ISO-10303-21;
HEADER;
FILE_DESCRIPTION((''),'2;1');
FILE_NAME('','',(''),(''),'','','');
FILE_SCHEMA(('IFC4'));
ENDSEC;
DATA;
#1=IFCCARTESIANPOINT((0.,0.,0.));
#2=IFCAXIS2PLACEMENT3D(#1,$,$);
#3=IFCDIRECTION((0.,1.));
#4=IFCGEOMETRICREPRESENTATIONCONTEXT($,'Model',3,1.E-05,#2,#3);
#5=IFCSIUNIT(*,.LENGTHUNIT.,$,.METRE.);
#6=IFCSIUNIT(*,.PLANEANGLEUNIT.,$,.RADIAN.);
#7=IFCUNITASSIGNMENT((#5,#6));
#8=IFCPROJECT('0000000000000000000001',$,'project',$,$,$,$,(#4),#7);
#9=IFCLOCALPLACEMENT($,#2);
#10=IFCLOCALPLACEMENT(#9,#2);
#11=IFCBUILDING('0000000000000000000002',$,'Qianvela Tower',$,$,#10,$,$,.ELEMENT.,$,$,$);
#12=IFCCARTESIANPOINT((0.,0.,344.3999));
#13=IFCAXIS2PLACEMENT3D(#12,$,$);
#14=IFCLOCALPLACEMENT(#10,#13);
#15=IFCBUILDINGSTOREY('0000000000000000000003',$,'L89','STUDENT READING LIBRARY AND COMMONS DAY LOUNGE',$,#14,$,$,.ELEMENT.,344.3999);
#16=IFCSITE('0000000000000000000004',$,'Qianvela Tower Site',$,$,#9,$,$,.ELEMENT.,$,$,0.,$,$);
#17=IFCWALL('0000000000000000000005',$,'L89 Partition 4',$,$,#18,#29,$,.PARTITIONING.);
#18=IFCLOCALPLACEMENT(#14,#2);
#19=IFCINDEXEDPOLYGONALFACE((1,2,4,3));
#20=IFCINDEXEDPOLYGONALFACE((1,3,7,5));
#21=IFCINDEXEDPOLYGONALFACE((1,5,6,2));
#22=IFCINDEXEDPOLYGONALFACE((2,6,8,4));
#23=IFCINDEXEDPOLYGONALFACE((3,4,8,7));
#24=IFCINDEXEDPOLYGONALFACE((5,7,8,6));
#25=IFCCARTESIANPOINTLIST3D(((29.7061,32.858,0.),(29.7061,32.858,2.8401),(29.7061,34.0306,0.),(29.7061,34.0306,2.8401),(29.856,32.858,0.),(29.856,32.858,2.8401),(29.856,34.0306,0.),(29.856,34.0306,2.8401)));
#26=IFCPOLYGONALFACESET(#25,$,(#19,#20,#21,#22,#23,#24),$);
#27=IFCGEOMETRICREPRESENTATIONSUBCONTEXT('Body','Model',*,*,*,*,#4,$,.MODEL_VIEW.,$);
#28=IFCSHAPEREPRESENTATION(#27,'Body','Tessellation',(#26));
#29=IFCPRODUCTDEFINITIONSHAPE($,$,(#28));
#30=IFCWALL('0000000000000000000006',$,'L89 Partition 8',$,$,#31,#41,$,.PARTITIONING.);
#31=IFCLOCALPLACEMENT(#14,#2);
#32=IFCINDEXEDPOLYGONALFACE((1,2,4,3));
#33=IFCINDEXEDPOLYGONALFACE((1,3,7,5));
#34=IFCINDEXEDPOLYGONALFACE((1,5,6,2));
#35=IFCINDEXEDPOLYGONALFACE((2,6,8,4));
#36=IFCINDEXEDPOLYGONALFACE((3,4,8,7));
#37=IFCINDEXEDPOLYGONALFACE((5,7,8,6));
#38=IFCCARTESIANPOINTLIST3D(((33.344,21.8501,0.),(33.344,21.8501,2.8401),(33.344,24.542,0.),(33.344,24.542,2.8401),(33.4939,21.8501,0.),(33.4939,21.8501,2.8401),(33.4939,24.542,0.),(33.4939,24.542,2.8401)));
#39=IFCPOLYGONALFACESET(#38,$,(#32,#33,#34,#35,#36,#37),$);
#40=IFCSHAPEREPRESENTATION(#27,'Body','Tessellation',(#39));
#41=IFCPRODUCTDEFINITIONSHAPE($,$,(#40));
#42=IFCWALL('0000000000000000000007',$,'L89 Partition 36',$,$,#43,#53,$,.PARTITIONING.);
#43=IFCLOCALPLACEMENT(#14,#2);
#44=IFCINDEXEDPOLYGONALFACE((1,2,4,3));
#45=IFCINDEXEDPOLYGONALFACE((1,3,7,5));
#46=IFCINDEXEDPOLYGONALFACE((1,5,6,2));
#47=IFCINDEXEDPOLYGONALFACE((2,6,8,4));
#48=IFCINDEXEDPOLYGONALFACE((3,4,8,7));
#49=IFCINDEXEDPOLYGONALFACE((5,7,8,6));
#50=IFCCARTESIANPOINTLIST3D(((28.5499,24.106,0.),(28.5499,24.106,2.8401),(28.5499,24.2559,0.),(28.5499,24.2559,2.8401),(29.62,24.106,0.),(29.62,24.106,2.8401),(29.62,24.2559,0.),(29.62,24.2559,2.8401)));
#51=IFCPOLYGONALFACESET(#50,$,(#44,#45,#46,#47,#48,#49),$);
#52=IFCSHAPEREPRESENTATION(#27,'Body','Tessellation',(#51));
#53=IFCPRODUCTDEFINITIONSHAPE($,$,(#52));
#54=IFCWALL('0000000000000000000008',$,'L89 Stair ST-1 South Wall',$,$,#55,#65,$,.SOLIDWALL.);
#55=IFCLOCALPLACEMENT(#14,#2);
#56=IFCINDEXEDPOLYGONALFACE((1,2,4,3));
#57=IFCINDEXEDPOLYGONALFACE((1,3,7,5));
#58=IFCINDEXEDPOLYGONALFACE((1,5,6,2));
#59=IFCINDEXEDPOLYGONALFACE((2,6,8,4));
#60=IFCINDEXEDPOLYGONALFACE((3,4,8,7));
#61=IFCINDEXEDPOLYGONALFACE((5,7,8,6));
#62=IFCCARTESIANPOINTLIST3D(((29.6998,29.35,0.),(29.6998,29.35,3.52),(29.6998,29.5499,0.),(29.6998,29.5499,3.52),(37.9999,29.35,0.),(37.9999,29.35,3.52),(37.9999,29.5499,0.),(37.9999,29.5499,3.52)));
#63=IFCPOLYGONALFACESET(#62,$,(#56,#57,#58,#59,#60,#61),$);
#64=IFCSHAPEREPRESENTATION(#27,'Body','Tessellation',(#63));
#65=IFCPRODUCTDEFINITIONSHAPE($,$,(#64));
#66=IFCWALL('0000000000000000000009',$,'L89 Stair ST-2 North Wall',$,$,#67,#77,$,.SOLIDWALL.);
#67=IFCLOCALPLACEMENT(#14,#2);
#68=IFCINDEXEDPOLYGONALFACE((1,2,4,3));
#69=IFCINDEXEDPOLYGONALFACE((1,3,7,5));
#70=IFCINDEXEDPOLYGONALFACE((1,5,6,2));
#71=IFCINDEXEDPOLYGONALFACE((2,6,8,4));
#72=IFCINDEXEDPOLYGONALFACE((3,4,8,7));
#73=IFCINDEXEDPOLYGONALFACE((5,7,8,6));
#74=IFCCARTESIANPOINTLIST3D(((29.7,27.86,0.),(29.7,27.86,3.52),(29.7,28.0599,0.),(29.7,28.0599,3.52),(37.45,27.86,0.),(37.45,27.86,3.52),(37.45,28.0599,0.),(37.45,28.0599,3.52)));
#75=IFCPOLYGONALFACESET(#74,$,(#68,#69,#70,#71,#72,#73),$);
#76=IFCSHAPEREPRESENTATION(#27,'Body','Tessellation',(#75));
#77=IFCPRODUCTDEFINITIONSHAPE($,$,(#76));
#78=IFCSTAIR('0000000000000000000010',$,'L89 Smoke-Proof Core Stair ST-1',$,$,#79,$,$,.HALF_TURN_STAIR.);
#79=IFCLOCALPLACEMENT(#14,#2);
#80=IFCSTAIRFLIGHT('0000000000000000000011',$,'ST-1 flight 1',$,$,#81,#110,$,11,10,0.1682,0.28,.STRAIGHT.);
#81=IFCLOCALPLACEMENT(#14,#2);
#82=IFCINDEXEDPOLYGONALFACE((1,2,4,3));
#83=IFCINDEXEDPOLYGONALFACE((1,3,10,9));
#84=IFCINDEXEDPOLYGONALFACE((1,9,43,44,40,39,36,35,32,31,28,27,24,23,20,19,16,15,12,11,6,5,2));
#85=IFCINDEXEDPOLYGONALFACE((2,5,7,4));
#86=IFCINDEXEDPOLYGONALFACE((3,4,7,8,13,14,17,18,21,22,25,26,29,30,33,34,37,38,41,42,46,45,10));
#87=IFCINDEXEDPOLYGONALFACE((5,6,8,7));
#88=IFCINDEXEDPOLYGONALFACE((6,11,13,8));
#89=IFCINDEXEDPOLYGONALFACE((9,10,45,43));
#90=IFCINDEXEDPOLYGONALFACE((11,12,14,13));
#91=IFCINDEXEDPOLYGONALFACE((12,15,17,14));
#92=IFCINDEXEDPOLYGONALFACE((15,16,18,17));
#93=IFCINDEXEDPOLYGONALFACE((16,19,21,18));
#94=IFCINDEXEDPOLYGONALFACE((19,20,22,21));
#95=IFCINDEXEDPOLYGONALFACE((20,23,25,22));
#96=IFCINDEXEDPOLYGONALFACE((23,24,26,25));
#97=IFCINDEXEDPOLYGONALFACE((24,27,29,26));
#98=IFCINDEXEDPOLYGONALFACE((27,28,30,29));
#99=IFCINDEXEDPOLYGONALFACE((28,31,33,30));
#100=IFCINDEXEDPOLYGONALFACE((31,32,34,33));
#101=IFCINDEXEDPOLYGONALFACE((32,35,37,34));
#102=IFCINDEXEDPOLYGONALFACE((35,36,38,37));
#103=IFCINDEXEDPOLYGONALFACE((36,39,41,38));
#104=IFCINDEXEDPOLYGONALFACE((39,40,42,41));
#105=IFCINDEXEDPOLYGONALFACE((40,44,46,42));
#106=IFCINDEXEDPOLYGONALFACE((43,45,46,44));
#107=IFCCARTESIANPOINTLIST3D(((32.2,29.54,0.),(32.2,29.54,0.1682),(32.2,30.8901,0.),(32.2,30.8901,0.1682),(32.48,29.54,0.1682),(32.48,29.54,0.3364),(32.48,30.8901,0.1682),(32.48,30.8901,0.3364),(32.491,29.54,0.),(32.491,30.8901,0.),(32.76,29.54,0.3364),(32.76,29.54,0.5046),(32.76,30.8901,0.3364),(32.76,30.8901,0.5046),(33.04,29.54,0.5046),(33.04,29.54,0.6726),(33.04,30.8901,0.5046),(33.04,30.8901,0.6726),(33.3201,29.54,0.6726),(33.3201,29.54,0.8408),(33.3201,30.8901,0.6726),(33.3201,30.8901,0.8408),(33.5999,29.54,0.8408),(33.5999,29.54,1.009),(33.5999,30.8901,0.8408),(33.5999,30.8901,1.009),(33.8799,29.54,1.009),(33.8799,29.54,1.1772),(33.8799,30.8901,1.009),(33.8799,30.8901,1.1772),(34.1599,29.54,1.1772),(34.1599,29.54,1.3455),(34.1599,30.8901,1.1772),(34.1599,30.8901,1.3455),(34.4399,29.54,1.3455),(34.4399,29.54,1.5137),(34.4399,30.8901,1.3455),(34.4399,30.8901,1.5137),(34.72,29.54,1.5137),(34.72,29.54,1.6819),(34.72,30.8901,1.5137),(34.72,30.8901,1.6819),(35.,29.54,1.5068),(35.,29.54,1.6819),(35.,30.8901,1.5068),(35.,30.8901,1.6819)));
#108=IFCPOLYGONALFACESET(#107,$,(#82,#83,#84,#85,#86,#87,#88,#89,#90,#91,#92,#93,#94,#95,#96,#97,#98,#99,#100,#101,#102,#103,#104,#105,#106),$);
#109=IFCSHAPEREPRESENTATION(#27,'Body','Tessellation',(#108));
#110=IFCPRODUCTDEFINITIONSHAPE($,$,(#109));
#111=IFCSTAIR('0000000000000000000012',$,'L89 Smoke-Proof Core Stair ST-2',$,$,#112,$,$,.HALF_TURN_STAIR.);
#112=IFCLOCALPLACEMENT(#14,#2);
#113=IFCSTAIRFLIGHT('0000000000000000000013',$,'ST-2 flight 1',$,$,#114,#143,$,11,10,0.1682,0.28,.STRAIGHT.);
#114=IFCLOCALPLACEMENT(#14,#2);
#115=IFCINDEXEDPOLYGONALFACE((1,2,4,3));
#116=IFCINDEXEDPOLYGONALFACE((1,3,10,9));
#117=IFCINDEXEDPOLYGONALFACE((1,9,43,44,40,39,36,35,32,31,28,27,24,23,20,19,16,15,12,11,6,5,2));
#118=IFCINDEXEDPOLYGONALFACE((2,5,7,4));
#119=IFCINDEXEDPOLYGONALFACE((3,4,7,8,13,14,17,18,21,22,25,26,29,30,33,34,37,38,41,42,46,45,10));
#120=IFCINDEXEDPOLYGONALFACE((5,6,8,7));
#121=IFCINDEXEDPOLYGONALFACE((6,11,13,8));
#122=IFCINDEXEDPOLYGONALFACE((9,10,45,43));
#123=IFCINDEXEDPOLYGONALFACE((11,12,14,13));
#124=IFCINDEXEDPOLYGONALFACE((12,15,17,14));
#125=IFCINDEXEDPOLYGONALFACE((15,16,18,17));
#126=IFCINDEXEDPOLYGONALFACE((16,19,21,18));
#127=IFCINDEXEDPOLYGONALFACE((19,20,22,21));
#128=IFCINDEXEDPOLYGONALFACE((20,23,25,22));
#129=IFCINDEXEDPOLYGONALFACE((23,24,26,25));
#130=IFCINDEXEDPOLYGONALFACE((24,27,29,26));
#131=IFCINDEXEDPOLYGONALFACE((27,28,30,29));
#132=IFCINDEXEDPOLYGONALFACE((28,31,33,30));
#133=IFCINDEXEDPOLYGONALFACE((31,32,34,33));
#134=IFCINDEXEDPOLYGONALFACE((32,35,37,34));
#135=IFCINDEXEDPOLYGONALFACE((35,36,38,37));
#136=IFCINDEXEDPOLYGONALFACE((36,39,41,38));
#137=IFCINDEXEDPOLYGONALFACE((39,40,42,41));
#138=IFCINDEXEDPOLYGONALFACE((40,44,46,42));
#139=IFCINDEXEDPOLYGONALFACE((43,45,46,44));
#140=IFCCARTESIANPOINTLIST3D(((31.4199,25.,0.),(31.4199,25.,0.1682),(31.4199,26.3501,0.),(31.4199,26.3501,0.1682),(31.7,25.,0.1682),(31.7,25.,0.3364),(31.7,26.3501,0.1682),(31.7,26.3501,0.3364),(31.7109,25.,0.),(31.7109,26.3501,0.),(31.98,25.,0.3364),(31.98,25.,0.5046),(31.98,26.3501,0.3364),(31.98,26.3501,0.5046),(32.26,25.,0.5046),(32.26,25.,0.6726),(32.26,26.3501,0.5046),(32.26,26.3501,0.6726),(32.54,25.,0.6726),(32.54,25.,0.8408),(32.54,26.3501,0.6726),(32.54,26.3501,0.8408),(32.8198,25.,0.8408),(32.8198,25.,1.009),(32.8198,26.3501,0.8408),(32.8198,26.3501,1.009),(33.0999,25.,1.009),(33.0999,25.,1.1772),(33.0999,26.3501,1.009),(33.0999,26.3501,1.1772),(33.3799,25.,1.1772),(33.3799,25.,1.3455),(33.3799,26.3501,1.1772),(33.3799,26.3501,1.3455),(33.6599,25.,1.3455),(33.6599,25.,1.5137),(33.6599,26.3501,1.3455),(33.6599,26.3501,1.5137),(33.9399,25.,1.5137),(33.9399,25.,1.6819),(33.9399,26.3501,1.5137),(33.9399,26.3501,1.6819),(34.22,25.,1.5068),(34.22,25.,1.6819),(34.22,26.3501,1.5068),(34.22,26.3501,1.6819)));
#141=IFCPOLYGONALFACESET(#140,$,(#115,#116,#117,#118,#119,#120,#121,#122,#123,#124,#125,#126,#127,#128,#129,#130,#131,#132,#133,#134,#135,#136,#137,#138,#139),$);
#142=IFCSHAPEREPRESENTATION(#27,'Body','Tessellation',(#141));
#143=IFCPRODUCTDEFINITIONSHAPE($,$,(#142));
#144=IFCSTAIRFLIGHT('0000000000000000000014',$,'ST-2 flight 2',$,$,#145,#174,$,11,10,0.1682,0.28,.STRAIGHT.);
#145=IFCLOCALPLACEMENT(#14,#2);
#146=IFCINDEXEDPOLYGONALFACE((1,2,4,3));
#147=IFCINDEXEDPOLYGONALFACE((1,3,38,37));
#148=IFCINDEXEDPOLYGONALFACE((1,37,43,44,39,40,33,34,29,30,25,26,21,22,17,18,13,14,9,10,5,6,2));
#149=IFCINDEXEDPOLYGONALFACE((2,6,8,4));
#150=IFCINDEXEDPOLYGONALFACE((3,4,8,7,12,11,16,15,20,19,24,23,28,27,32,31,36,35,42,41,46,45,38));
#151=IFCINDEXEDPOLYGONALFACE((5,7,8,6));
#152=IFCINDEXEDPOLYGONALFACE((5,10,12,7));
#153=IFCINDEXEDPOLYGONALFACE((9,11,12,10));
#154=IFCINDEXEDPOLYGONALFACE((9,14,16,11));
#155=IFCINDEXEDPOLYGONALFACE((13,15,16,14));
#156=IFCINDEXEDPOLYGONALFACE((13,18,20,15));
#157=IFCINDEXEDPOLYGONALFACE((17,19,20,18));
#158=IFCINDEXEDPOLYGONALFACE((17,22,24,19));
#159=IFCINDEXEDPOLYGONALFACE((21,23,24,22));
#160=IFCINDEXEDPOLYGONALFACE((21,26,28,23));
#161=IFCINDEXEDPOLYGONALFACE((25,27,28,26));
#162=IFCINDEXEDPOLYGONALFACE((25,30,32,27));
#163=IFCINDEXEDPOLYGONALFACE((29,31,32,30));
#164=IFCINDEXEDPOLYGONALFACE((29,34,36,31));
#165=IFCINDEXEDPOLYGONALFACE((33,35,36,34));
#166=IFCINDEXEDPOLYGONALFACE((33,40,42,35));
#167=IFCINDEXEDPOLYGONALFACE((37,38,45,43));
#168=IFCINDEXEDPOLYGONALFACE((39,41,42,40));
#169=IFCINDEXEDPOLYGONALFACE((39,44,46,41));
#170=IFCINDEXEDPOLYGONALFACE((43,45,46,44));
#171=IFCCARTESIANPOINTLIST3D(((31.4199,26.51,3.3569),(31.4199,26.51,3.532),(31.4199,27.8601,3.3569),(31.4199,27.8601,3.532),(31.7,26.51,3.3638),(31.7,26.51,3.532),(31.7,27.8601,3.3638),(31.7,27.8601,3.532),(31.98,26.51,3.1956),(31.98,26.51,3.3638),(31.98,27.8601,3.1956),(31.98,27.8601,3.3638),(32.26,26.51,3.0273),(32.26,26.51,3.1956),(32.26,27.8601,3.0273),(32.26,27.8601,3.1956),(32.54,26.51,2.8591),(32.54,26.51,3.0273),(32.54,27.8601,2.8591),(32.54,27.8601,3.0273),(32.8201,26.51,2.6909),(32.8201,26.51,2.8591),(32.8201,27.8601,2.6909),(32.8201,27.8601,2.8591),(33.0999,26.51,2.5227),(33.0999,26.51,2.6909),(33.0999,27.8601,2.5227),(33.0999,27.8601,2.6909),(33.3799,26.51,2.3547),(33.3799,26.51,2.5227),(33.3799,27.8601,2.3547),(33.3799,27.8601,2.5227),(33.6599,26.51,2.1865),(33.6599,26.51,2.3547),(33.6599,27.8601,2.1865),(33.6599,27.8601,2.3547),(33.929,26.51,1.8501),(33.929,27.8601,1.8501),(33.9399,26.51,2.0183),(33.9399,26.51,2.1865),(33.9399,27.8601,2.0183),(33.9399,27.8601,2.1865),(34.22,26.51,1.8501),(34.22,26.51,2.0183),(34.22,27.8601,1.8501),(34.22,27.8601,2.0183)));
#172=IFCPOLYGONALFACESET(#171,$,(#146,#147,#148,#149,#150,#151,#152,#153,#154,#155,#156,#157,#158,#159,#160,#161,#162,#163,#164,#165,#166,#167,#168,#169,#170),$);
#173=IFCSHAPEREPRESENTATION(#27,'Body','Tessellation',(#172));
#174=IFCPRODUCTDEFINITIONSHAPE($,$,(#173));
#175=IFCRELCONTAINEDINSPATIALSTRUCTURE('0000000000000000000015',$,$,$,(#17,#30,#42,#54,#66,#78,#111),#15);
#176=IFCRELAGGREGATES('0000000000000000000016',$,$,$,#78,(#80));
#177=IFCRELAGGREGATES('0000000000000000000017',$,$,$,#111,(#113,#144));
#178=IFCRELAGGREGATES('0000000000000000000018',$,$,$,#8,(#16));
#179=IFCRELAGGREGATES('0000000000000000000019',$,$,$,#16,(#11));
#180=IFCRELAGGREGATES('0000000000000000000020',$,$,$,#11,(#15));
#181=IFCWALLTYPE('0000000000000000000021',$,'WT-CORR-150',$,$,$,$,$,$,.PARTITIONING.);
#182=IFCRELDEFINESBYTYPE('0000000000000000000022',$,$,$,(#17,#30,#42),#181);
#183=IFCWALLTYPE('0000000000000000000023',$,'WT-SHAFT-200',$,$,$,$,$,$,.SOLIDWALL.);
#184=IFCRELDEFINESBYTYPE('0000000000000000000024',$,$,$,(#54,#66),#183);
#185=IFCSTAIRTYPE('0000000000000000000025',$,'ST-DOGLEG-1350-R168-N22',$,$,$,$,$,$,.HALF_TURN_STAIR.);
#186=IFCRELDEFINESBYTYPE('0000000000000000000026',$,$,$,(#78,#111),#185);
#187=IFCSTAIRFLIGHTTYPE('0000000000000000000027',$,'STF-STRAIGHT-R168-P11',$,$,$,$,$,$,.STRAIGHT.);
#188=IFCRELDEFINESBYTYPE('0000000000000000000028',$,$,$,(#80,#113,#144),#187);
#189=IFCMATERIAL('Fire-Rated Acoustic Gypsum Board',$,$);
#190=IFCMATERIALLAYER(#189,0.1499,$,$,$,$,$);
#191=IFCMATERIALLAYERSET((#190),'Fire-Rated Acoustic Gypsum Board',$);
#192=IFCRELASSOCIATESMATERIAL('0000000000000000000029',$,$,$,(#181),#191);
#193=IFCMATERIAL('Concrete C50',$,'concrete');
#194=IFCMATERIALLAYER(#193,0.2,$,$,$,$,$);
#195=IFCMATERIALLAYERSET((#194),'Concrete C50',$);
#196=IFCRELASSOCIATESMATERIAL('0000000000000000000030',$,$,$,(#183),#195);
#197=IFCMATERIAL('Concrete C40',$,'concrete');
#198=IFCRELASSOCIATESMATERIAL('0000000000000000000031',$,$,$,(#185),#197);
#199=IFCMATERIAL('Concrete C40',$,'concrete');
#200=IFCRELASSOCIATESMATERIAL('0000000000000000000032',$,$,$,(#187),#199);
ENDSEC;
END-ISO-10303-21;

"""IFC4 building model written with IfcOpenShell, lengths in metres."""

from ifc_helpers import new_model, si_unit, direction, frame, frame_2d, origin, place, context, subcontext, project, spatial, polyline, rectangle, outline, extrude, material, layer, layer_set, type_object, element, aggregate, save


model = new_model("IFC4")

# Units and contexts
model_context = context("Model", 3, precision=1e-05, world=origin(), true_north=direction((0.0, 1.0)))
body_context = subcontext(model_context, "Body", "Model", "MODEL_VIEW")
ifc_project = project(units=[si_unit("LENGTHUNIT", "METRE"), si_unit("PLANEANGLEUNIT", "RADIAN")], contexts=[model_context])

# Site, building, storey
site_placement = place(None, origin())
site = spatial("IfcSite", under=ifc_project, at=site_placement, Name="Qianvela Tower Site", CompositionType="ELEMENT", RefElevation=0.0)
building_placement = place(site_placement, origin())
building = spatial("IfcBuilding", under=site, at=building_placement, Name="Qianvela Tower", CompositionType="ELEMENT")
storey_placement = place(building_placement, frame((0.0, 0.0, 344.3999)))
storey = spatial("IfcBuildingStorey", under=building, at=storey_placement, Name="L89", Description="STUDENT READING LIBRARY AND COMMONS DAY LOUNGE", CompositionType="ELEMENT", Elevation=344.3999)

# Walls
ifc_material_1 = material(Name="Fire-Rated Acoustic Gypsum Board")
ifc_layer_1 = layer(ifc_material_1, 0.1499)
ifc_layer_set_1 = layer_set([ifc_layer_1], Name="Fire-Rated Acoustic Gypsum Board")
wall_type_1 = type_object("IfcWallType", Name="WT-CORR-150", PredefinedType="PARTITIONING", material=ifc_layer_set_1)
wall_1_placement = place(storey_placement, frame((29.781, 32.8579, 0.0), z_axis=(0.0, 0.0, 1.0), x_axis=(0.0, 1.0, 0.0)))
element("IfcWall", 1, at=wall_1_placement, inside=storey, type_object=wall_type_1, Name="L89 Partition 4", PredefinedType="PARTITIONING", context=body_context, shape_type="SweptSolid", body=[
    extrude(rectangle(XDim=1.1726, YDim=0.1499, at=frame_2d((0.5864, 0.0))), origin(), (0.0, 0.0, 1.0), 2.8401),
])
wall_2_placement = place(storey_placement, frame((33.4189, 24.542, 0.0), z_axis=(0.0, 0.0, 1.0), x_axis=(0.0, -1.0, 0.0)))
element("IfcWall", 2, at=wall_2_placement, inside=storey, type_object=wall_type_1, Name="L89 Partition 8", PredefinedType="PARTITIONING", context=body_context, shape_type="SweptSolid", body=[
    extrude(rectangle(XDim=2.6919, YDim=0.1499, at=frame_2d((1.3459, 0.0))), origin(), (0.0, 0.0, 1.0), 2.8401),
])
wall_3_placement = place(storey_placement, frame((29.6201, 24.1809, 0.0), z_axis=(0.0, 0.0, 1.0), x_axis=(-1.0, 0.0, 0.0)))
element("IfcWall", 3, at=wall_3_placement, inside=storey, type_object=wall_type_1, Name="L89 Partition 36", PredefinedType="PARTITIONING", context=body_context, shape_type="SweptSolid", body=[
    extrude(rectangle(XDim=1.0701, YDim=0.1499, at=frame_2d((0.5352, 0.0))), origin(), (0.0, 0.0, 1.0), 2.8401),
])
ifc_material_2 = material(Name="Concrete C50", Category="concrete")
ifc_layer_2 = layer(ifc_material_2, 0.2)
ifc_layer_set_2 = layer_set([ifc_layer_2], Name="Concrete C50")
wall_type_2 = type_object("IfcWallType", Name="WT-SHAFT-200", PredefinedType="SOLIDWALL", material=ifc_layer_set_2)
wall_4_placement = place(storey_placement, frame((29.7, 29.45, 0.0), z_axis=(0.0, 0.0, 1.0), x_axis=(1.0, 0.0, 0.0)))
element("IfcWall", 4, at=wall_4_placement, inside=storey, type_object=wall_type_2, Name="L89 Stair ST-1 South Wall", PredefinedType="SOLIDWALL", context=body_context, shape_type="SweptSolid", body=[
    extrude(rectangle(XDim=8.3, YDim=0.2, at=frame_2d((4.1499, 0.0))), origin(), (0.0, 0.0, 1.0), 3.52),
])
wall_5_placement = place(storey_placement, frame((29.7, 27.96, 0.0), z_axis=(0.0, 0.0, 1.0), x_axis=(1.0, 0.0, 0.0)))
element("IfcWall", 5, at=wall_5_placement, inside=storey, type_object=wall_type_2, Name="L89 Stair ST-2 North Wall", PredefinedType="SOLIDWALL", context=body_context, shape_type="SweptSolid", body=[
    extrude(rectangle(XDim=7.75, YDim=0.2, at=frame_2d((3.875, 0.0))), origin(), (0.0, 0.0, 1.0), 3.52),
])

# Stair, stair flight
ifc_material_3 = material(Name="Concrete C40", Category="concrete")
stair_type = type_object("IfcStairType", Name="ST-DOGLEG-1350-R168-N22", PredefinedType="HALF_TURN_STAIR", material=ifc_material_3)
stair_1_placement = place(storey_placement, origin())
stair_1 = element("IfcStair", 6, at=stair_1_placement, inside=storey, type_object=stair_type, Name="L89 Smoke-Proof Core Stair ST-1", PredefinedType="HALF_TURN_STAIR")
ifc_material_4 = material(Name="Concrete C40", Category="concrete")
stair_flight_type = type_object("IfcStairFlightType", Name="STF-STRAIGHT-R168-P11", PredefinedType="STRAIGHT", material=ifc_material_4)
stair_flight_1_placement = place(storey_placement, frame((32.2, 30.2151, 0.0), z_axis=(0.0, 0.0, 1.0), x_axis=(1.0, 0.0, 0.0)))
stair_flight_1 = element("IfcStairFlight", 7, at=stair_flight_1_placement, type_object=stair_flight_type, Name="ST-1 flight 1", NumberOfRisers=11, NumberOfTreads=10, PredefinedType="STRAIGHT", RiserHeight=0.1682, TreadLength=0.28, context=body_context, shape_type="SweptSolid", body=[
    extrude(outline(polyline([(0.0, 0.0), (0.0, 0.1682), (0.28, 0.1682), (0.28, 0.3364), (0.5601, 0.3364), (0.5601, 0.5046), (0.8401, 0.5046), (0.8401, 0.6726), (1.1201, 0.6726), (1.1201, 0.8408), (1.3999, 0.8408), (1.3999, 1.009), (1.6799, 1.009), (1.6799, 1.1772), (1.96, 1.1772), (1.96, 1.3455), (2.24, 1.3455), (2.24, 1.5137), (2.52, 1.5137), (2.52, 1.6819), (2.8, 1.6819), (2.8, 1.8501), (2.8, 1.5068), (0.291, 0.0), (0.0, 0.0)])), frame((0.0, 0.675, 0.0), z_axis=(0.0, -1.0, 0.0), x_axis=(1.0, 0.0, 0.0)), (0.0, 0.0, 1.0), 1.3501),
])
aggregate(stair_1, [stair_flight_1])

# Stair, stair flights
stair_2_placement = place(storey_placement, origin())
stair_2 = element("IfcStair", 8, at=stair_2_placement, inside=storey, type_object=stair_type, Name="L89 Smoke-Proof Core Stair ST-2", PredefinedType="HALF_TURN_STAIR")
stair_flight_2_placement = place(storey_placement, frame((31.4199, 25.675, 0.0), z_axis=(0.0, 0.0, 1.0), x_axis=(1.0, 0.0, 0.0)))
stair_flight_2 = element("IfcStairFlight", 9, at=stair_flight_2_placement, type_object=stair_flight_type, Name="ST-2 flight 1", NumberOfRisers=11, NumberOfTreads=10, PredefinedType="STRAIGHT", RiserHeight=0.1682, TreadLength=0.28, context=body_context, shape_type="SweptSolid", body=[
    extrude(outline(polyline([(0.0, 0.0), (0.0, 0.1682), (0.28, 0.1682), (0.28, 0.3364), (0.5601, 0.3364), (0.5601, 0.5046), (0.8401, 0.5046), (0.8401, 0.6726), (1.1201, 0.6726), (1.1201, 0.8408), (1.3999, 0.8408), (1.3999, 1.009), (1.6799, 1.009), (1.6799, 1.1772), (1.96, 1.1772), (1.96, 1.3455), (2.24, 1.3455), (2.24, 1.5137), (2.52, 1.5137), (2.52, 1.6819), (2.8, 1.6819), (2.8, 1.8501), (2.8, 1.5068), (0.291, 0.0), (0.0, 0.0)])), frame((0.0, 0.675, 0.0), z_axis=(0.0, -1.0, 0.0), x_axis=(1.0, 0.0, 0.0)), (0.0, 0.0, 1.0), 1.3501),
])
stair_flight_3_placement = place(storey_placement, frame((34.22, 27.1851, 1.8501), z_axis=(0.0, 0.0, 1.0), x_axis=(-1.0, 0.0, 0.0)))
stair_flight_3 = element("IfcStairFlight", 10, at=stair_flight_3_placement, type_object=stair_flight_type, Name="ST-2 flight 2", NumberOfRisers=11, NumberOfTreads=10, PredefinedType="STRAIGHT", RiserHeight=0.1682, TreadLength=0.28, context=body_context, shape_type="SweptSolid", body=[
    extrude(outline(polyline([(0.0, 0.0), (0.0, 0.1682), (0.28, 0.1682), (0.28, 0.3364), (0.5601, 0.3364), (0.5601, 0.5046), (0.8401, 0.5046), (0.8401, 0.6726), (1.1201, 0.6726), (1.1201, 0.8408), (1.3999, 0.8408), (1.3999, 1.009), (1.6799, 1.009), (1.6799, 1.1772), (1.96, 1.1772), (1.96, 1.3455), (2.24, 1.3455), (2.24, 1.5137), (2.52, 1.5137), (2.52, 1.6819), (2.8, 1.6819), (2.8, 1.8501), (2.8, 1.5068), (0.291, 0.0), (0.0, 0.0)])), frame((0.0, 0.675, 0.0), z_axis=(0.0, -1.0, 0.0), x_axis=(1.0, 0.0, 0.0)), (0.0, 0.0, 1.0), 1.3501),
])
aggregate(stair_2, [stair_flight_2, stair_flight_3])

save(model, "model.ifc")
